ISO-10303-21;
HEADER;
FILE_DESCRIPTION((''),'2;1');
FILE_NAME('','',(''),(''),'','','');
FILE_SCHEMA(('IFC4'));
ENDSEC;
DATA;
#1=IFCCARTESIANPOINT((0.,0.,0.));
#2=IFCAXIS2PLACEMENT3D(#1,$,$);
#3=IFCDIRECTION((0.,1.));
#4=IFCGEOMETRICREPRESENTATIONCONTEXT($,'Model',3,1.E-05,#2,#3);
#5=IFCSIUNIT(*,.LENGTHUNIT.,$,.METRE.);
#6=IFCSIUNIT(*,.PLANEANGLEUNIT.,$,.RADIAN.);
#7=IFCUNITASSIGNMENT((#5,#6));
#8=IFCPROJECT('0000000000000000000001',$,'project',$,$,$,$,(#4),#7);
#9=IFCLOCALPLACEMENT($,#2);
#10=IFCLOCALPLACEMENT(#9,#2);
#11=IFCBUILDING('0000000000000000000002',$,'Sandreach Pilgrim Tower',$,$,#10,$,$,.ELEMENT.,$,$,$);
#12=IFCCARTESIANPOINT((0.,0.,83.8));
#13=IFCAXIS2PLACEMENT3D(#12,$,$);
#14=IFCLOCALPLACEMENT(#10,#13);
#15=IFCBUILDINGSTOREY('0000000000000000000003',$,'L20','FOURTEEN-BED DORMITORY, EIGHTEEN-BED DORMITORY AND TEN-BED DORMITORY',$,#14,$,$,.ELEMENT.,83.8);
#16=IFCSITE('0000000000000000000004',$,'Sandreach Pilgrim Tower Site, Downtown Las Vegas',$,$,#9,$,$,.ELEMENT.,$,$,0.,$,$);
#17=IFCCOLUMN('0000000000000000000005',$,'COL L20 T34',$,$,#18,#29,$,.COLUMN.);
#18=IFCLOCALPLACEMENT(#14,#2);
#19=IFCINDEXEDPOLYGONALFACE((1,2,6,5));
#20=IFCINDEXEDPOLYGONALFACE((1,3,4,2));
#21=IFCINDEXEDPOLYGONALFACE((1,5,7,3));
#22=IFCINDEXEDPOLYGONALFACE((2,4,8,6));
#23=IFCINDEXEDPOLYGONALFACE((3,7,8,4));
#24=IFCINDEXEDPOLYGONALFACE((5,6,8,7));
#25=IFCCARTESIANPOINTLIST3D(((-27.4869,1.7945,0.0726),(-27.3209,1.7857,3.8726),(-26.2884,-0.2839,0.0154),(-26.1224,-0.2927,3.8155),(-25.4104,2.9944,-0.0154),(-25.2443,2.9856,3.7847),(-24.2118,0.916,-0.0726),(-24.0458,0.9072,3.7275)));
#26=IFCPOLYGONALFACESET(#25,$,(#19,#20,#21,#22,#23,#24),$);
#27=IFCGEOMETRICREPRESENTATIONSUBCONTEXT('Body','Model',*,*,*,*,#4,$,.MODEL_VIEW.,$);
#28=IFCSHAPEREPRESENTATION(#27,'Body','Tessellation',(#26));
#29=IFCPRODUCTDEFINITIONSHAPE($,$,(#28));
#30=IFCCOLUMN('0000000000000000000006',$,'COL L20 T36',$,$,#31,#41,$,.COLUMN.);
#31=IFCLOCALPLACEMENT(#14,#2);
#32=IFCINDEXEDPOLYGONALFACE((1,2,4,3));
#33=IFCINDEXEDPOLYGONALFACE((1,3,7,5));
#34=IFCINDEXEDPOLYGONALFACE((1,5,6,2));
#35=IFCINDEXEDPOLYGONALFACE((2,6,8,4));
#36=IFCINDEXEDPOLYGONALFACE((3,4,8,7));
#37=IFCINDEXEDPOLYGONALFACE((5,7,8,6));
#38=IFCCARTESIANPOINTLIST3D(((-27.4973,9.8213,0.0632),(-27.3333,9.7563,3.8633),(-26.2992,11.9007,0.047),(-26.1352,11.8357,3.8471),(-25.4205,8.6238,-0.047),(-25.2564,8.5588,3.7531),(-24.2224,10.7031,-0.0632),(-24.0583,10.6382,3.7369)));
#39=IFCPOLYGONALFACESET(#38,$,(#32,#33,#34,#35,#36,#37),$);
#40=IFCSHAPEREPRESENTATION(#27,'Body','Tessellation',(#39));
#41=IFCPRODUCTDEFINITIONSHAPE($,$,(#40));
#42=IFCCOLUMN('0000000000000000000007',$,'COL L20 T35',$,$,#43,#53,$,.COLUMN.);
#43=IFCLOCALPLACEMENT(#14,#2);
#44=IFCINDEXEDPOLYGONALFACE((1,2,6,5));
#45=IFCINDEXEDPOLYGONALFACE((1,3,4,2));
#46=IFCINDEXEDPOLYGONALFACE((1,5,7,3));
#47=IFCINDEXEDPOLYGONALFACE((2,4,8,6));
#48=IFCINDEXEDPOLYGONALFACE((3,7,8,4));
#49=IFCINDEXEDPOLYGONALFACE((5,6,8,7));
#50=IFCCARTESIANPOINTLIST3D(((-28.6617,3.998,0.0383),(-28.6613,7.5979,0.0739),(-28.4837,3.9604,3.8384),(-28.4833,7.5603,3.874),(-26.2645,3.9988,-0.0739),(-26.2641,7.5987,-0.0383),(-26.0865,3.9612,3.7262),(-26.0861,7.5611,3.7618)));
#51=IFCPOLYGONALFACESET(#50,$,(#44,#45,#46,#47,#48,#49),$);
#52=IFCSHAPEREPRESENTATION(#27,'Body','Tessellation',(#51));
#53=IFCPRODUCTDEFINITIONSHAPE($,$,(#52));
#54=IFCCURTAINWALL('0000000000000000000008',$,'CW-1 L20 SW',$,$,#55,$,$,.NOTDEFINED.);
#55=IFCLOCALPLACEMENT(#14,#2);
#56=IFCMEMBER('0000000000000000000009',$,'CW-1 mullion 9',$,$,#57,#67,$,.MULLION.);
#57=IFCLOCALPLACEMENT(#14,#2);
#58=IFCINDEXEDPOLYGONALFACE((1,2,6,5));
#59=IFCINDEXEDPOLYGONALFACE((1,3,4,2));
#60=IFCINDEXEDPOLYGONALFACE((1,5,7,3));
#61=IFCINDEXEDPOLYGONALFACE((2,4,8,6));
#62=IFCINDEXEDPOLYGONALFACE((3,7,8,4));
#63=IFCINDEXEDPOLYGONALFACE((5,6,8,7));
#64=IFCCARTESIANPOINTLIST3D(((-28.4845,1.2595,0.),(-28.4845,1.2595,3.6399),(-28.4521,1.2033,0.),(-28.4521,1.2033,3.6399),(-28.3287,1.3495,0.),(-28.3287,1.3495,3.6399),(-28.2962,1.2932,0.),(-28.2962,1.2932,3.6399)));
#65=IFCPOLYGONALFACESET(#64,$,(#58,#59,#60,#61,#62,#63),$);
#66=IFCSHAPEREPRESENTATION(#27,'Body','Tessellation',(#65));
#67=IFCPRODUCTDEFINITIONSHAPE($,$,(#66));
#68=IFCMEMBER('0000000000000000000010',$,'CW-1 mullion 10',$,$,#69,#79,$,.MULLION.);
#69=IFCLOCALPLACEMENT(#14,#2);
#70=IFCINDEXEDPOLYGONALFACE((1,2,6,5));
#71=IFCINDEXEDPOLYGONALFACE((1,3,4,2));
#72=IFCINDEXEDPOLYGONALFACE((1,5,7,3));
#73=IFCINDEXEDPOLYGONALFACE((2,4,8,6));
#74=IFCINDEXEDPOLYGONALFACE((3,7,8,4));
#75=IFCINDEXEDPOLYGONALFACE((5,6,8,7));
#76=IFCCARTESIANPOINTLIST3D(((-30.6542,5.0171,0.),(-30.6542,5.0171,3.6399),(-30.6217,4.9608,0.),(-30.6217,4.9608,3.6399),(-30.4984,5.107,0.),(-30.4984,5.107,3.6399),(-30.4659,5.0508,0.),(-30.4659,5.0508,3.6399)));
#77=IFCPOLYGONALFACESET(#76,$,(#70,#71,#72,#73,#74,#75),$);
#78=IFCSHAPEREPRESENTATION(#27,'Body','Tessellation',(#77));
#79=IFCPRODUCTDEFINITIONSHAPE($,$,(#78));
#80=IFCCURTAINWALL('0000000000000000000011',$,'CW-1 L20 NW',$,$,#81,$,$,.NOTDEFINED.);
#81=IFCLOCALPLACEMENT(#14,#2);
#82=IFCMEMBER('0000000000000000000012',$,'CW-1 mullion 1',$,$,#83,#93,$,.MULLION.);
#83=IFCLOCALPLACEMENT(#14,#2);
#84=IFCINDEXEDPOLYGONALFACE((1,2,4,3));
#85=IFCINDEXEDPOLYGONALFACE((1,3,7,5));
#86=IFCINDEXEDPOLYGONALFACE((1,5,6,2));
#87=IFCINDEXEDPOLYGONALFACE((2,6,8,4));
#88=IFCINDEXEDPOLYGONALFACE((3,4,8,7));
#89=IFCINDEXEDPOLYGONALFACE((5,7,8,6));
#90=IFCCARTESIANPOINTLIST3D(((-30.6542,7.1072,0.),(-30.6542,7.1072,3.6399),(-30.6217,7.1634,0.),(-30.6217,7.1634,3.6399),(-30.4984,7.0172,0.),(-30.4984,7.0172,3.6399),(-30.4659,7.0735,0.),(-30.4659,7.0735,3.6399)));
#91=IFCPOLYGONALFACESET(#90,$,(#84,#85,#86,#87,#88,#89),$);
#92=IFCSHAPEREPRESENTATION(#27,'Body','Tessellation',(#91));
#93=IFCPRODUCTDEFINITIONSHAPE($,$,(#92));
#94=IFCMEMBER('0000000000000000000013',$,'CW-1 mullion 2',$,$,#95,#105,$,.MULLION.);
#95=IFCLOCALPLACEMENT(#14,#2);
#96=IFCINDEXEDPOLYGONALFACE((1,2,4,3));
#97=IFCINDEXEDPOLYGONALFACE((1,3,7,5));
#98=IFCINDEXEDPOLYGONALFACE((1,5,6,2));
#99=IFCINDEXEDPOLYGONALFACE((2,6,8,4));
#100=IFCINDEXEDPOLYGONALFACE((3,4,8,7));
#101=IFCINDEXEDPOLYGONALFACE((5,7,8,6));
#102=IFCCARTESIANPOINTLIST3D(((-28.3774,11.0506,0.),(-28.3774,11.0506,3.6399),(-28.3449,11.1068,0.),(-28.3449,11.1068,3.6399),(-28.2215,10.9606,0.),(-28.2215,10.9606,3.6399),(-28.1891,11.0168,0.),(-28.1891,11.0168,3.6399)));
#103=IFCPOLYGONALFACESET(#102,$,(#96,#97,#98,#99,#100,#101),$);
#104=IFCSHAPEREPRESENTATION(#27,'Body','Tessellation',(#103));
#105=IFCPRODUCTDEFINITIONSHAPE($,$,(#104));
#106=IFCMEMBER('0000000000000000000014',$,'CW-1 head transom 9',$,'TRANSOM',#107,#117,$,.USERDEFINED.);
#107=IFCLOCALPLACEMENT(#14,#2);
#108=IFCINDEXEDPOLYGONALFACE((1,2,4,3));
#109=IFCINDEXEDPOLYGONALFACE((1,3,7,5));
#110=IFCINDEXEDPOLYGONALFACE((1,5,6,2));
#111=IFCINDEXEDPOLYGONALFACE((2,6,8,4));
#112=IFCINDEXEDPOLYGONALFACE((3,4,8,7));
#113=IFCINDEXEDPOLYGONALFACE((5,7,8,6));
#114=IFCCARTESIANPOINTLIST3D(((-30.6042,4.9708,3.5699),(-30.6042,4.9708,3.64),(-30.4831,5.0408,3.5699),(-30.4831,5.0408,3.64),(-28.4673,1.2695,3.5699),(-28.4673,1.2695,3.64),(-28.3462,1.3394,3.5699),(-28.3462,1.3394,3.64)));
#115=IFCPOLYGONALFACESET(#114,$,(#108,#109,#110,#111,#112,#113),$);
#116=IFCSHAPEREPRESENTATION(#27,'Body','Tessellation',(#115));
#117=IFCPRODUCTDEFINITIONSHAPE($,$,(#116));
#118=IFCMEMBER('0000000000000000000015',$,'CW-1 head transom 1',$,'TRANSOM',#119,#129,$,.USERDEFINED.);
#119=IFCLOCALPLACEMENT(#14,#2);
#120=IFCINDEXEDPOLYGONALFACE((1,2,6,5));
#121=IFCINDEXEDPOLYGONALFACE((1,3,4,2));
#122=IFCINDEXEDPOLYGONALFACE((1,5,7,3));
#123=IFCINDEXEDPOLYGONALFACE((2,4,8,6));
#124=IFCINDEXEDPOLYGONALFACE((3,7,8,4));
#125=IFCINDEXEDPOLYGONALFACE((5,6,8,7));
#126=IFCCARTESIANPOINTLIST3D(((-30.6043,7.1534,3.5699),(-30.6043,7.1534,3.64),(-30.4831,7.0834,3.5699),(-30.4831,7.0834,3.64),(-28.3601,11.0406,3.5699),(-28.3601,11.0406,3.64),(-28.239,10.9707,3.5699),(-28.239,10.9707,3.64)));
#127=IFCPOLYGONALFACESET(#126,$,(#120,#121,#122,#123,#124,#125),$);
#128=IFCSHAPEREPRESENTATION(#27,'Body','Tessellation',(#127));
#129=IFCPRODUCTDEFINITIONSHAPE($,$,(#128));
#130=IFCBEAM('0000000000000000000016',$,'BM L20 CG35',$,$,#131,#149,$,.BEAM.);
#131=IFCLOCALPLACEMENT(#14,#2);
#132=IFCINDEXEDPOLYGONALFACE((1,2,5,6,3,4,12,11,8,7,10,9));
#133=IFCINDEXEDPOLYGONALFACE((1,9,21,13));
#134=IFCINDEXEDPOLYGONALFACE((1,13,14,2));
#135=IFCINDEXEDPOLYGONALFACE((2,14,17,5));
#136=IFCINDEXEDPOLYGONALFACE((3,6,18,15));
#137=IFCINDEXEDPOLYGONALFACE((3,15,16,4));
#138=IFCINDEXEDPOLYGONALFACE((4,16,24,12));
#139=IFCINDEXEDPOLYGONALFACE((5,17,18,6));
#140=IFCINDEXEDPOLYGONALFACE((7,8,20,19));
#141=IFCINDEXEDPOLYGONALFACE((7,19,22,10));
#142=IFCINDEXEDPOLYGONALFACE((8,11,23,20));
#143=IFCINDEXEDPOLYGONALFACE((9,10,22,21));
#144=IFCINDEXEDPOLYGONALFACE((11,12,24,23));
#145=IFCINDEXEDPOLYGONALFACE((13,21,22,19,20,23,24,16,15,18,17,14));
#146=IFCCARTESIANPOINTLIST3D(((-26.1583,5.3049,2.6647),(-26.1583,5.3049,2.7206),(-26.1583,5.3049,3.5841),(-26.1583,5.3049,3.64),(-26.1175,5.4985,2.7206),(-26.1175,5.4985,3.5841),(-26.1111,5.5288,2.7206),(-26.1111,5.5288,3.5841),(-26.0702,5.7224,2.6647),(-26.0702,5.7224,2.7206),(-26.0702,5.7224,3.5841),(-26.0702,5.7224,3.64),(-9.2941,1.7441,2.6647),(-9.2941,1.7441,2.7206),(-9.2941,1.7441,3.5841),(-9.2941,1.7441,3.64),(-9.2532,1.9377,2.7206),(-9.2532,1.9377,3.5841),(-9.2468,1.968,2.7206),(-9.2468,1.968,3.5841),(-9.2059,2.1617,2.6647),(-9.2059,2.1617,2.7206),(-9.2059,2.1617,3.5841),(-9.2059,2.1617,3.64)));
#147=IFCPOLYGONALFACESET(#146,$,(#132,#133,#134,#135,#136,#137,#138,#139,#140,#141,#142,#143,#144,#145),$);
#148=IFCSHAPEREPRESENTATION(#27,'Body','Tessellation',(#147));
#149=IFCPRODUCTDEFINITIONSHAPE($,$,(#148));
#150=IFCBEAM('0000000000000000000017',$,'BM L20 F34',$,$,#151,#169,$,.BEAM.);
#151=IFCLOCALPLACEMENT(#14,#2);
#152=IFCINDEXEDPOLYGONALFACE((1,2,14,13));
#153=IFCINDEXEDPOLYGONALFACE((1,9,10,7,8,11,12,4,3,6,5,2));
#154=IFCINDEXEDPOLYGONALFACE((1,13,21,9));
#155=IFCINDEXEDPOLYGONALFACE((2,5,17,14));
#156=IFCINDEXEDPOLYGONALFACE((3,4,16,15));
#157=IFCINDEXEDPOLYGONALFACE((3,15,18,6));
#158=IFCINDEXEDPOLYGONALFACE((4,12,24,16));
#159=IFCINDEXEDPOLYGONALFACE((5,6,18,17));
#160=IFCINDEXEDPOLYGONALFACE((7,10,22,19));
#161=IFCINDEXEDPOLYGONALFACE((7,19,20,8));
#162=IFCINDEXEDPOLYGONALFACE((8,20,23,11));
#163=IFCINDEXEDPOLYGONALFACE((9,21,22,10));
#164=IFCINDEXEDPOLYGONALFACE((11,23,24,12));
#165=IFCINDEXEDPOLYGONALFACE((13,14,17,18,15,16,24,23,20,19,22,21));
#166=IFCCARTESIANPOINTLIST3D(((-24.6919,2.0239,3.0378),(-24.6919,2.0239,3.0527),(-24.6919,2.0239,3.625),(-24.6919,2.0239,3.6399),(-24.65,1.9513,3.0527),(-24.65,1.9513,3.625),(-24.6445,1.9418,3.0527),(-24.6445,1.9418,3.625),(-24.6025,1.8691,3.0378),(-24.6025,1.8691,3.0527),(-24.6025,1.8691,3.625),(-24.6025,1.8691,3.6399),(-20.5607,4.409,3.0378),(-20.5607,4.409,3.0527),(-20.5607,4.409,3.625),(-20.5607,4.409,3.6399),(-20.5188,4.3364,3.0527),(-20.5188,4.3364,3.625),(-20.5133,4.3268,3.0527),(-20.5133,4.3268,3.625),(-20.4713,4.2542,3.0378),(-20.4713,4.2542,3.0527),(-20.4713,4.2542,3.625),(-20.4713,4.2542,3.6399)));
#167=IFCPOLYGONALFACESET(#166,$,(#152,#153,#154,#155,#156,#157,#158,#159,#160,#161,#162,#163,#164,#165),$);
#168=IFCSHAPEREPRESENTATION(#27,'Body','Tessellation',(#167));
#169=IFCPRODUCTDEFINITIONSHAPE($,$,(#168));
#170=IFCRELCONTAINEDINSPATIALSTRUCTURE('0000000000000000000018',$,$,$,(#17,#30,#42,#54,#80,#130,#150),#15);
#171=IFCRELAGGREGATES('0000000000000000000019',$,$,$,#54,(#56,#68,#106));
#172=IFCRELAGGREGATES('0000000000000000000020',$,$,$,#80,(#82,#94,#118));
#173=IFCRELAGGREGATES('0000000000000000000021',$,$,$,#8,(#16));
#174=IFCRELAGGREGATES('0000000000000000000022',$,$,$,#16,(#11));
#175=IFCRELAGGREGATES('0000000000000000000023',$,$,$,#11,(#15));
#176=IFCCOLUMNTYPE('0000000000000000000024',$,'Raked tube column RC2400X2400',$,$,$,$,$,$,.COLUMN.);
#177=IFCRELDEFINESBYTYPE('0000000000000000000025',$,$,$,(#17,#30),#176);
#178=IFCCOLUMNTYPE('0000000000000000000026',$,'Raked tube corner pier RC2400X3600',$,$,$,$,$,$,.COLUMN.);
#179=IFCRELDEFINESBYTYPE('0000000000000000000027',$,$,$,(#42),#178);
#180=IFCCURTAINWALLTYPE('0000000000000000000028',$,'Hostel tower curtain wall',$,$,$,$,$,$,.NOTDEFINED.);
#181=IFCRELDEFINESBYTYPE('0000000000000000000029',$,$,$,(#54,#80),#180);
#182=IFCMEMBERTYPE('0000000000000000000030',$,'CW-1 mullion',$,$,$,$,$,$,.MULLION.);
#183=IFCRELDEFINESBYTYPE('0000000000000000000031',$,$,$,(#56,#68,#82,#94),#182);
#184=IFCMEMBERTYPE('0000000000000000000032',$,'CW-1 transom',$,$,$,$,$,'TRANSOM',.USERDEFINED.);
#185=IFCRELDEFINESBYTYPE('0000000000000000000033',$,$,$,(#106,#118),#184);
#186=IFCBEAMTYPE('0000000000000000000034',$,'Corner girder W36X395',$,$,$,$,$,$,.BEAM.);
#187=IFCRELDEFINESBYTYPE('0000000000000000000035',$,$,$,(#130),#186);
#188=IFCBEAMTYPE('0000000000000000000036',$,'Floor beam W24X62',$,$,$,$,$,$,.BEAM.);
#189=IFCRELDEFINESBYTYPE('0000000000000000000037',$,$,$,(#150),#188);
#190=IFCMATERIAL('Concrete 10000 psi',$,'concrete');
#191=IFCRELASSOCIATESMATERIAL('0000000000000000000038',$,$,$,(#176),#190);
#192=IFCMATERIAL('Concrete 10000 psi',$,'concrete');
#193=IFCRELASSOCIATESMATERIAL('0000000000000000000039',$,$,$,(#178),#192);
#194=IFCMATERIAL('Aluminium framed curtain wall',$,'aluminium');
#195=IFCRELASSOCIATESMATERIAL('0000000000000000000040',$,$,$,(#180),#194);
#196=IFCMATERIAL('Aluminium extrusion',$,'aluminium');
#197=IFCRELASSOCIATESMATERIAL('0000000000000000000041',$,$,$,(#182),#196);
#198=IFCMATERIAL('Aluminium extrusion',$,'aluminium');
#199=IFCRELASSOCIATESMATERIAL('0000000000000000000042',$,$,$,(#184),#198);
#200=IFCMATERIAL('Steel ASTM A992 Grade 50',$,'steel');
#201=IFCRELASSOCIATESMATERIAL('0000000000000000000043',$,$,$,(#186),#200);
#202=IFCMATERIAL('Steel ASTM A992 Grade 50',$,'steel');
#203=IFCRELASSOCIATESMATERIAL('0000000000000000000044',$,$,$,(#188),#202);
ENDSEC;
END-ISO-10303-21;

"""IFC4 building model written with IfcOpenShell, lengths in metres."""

from ifc_helpers import new_model, si_unit, direction, frame, origin, origin_2d, place, context, subcontext, project, spatial, rectangle, i_section, extrude, material, material_profile, profile_set, type_object, element, aggregate, save


model = new_model("IFC4")

# Units and contexts
model_context = context("Model", 3, precision=1e-05, world=origin(), true_north=direction((0.0, 1.0)))
body_context = subcontext(model_context, "Body", "Model", "MODEL_VIEW")
ifc_project = project(units=[si_unit("LENGTHUNIT", "METRE"), si_unit("PLANEANGLEUNIT", "RADIAN")], contexts=[model_context])

# Site, building, storey
site_placement = place(None, origin())
site = spatial("IfcSite", under=ifc_project, at=site_placement, Name="Sandreach Pilgrim Tower Site, Downtown Las Vegas", CompositionType="ELEMENT", RefElevation=0.0)
building_placement = place(site_placement, origin())
building = spatial("IfcBuilding", under=site, at=building_placement, Name="Sandreach Pilgrim Tower", CompositionType="ELEMENT")
storey_placement = place(building_placement, frame((0.0, 0.0, 83.8)))
storey = spatial("IfcBuildingStorey", under=building, at=storey_placement, Name="L20", Description="FOURTEEN-BED DORMITORY, EIGHTEEN-BED DORMITORY AND TEN-BED DORMITORY", CompositionType="ELEMENT", Elevation=83.8)

# Columns
ifc_material_1 = material(Name="Concrete 10000 psi", Category="concrete")
ifc_material_profile_1 = material_profile(ifc_material_1, rectangle(XDim=2.3999, YDim=2.3999, at=origin_2d()), Name="RC2400X2400")
ifc_profile_set_1 = profile_set([ifc_material_profile_1], Name="Concrete 10000 psi")
column_type_1 = type_object("IfcColumnType", Name="Raked tube column RC2400X2400", PredefinedType="COLUMN", material=ifc_profile_set_1)
column_1_placement = place(storey_placement, frame((-25.8494, 1.3552, 0.0), z_axis=(0.043646, -0.002311, 0.999044), x_axis=(-0.865265, -0.499974, 0.036645)))
element("IfcColumn", 1, at=column_1_placement, inside=storey, type_object=column_type_1, Name="COL L20 T34", PredefinedType="COLUMN", context=body_context, shape_type="SweptSolid", body=[
    extrude(rectangle(XDim=2.3999, YDim=2.3999, at=origin_2d()), origin(), (0.0, 0.0, 1.0), 3.8037),
])
column_2_placement = place(storey_placement, frame((-25.8599, 10.2622, 0.0), z_axis=(0.043127, -0.017071, 0.998924), x_axis=(-0.865394, 0.498986, 0.04589)))
element("IfcColumn", 2, at=column_2_placement, inside=storey, type_object=column_type_1, Name="COL L20 T36", PredefinedType="COLUMN", context=body_context, shape_type="SweptSolid", body=[
    extrude(rectangle(XDim=2.3999, YDim=2.3999, at=origin_2d()), origin(), (0.0, 0.0, 1.0), 3.8042),
])
ifc_material_2 = material(Name="Concrete 10000 psi", Category="concrete")
ifc_material_profile_2 = material_profile(ifc_material_2, rectangle(XDim=2.3999, YDim=3.6001, at=origin_2d()), Name="RC2400X3600")
ifc_profile_set_2 = profile_set([ifc_material_profile_2], Name="Concrete 10000 psi")
column_type_2 = type_object("IfcColumnType", Name="Raked tube corner pier RC2400X3600", PredefinedType="COLUMN", material=ifc_profile_set_2)
column_3_placement = place(storey_placement, frame((-27.4629, 5.7983, 0.0), z_axis=(0.046782, -0.009883, 0.998856), x_axis=(-0.998905, -0.000352, 0.046781)))
element("IfcColumn", 3, at=column_3_placement, inside=storey, type_object=column_type_2, Name="COL L20 T35", PredefinedType="COLUMN", context=body_context, shape_type="SweptSolid", body=[
    extrude(rectangle(XDim=2.3999, YDim=3.6001, at=origin_2d()), origin(), (0.0, 0.0, 1.0), 3.8044),
])

# Curtain walls, members
ifc_material_3 = material(Name="Aluminium framed curtain wall", Category="aluminium")
curtain_wall_type = type_object("IfcCurtainWallType", Name="Hostel tower curtain wall", PredefinedType="NOTDEFINED", material=ifc_material_3)
curtain_wall_1_placement = place(storey_placement, origin())
curtain_wall_1 = element("IfcCurtainWall", 4, at=curtain_wall_1_placement, inside=storey, type_object=curtain_wall_type, Name="CW-1 L20 SW", PredefinedType="NOTDEFINED")
ifc_material_4 = material(Name="Aluminium extrusion", Category="aluminium")
ifc_material_profile_3 = material_profile(ifc_material_4, rectangle(XDim=0.0649, YDim=0.1799, at=origin_2d()), Name="CW-1M 65X180")
ifc_profile_set_3 = profile_set([ifc_material_profile_3], Name="Aluminium extrusion")
member_type_1 = type_object("IfcMemberType", Name="CW-1 mullion", PredefinedType="MULLION", material=ifc_profile_set_3)
member_1_placement = place(storey_placement, frame((-28.3904, 1.2764, 0.0), z_axis=(0.0, 0.0, 1.0), x_axis=(-0.5, 0.866025, 0.0)))
member_1 = element("IfcMember", 5, at=member_1_placement, type_object=member_type_1, Name="CW-1 mullion 9", PredefinedType="MULLION", context=body_context, shape_type="SweptSolid", body=[
    extrude(rectangle(XDim=0.0649, YDim=0.1799, at=origin_2d()), origin(), (0.0, 0.0, 1.0), 3.6399),
])
member_2_placement = place(storey_placement, frame((-30.5601, 5.0339, 0.0), z_axis=(0.0, 0.0, 1.0), x_axis=(-0.5, 0.866025, 0.0)))
member_2 = element("IfcMember", 6, at=member_2_placement, type_object=member_type_1, Name="CW-1 mullion 10", PredefinedType="MULLION", context=body_context, shape_type="SweptSolid", body=[
    extrude(rectangle(XDim=0.0649, YDim=0.1799, at=origin_2d()), origin(), (0.0, 0.0, 1.0), 3.6399),
])
curtain_wall_2_placement = place(storey_placement, origin())
curtain_wall_2 = element("IfcCurtainWall", 7, at=curtain_wall_2_placement, inside=storey, type_object=curtain_wall_type, Name="CW-1 L20 NW", PredefinedType="NOTDEFINED")
member_3_placement = place(storey_placement, frame((-30.5601, 7.0903, 0.0), z_axis=(0.0, 0.0, 1.0), x_axis=(0.5, 0.866025, 0.0)))
member_3 = element("IfcMember", 8, at=member_3_placement, type_object=member_type_1, Name="CW-1 mullion 1", PredefinedType="MULLION", context=body_context, shape_type="SweptSolid", body=[
    extrude(rectangle(XDim=0.0649, YDim=0.1799, at=origin_2d()), origin(), (0.0, 0.0, 1.0), 3.6399),
])
member_4_placement = place(storey_placement, frame((-28.2832, 11.0337, 0.0), z_axis=(0.0, 0.0, 1.0), x_axis=(0.5, 0.866025, 0.0)))
member_4 = element("IfcMember", 9, at=member_4_placement, type_object=member_type_1, Name="CW-1 mullion 2", PredefinedType="MULLION", context=body_context, shape_type="SweptSolid", body=[
    extrude(rectangle(XDim=0.0649, YDim=0.1799, at=origin_2d()), origin(), (0.0, 0.0, 1.0), 3.6399),
])

# Members
ifc_material_5 = material(Name="Aluminium extrusion", Category="aluminium")
ifc_material_profile_4 = material_profile(ifc_material_5, rectangle(XDim=0.1399, YDim=0.0701, at=origin_2d()), Name="CW-1T 140X70")
ifc_profile_set_4 = profile_set([ifc_material_profile_4], Name="Aluminium extrusion")
member_type_2 = type_object("IfcMemberType", Name="CW-1 transom", ElementType="TRANSOM", PredefinedType="USERDEFINED", material=ifc_profile_set_4)
member_5_placement = place(storey_placement, frame((-28.4067, 1.3044, 3.605), z_axis=(-0.499991, 0.866031, 0.0), x_axis=(-0.866031, -0.499991, 0.0)))
member_5 = element("IfcMember", 10, at=member_5_placement, type_object=member_type_2, Name="CW-1 head transom 9", ObjectType="TRANSOM", PredefinedType="USERDEFINED", context=body_context, shape_type="SweptSolid", body=[
    extrude(rectangle(XDim=0.1399, YDim=0.0701, at=origin_2d()), origin(), (0.0, 0.0, 1.0), 4.2739),
])
member_6_placement = place(storey_placement, frame((-30.5437, 7.1184, 3.605), z_axis=(0.499977, 0.866039, 0.0), x_axis=(-0.866039, 0.499977, 0.0)))
member_6 = element("IfcMember", 11, at=member_6_placement, type_object=member_type_2, Name="CW-1 head transom 1", ObjectType="TRANSOM", PredefinedType="USERDEFINED", context=body_context, shape_type="SweptSolid", body=[
    extrude(rectangle(XDim=0.1399, YDim=0.0701, at=origin_2d()), origin(), (0.0, 0.0, 1.0), 4.4885),
])

# Beams
ifc_material_6 = material(Name="Steel ASTM A992 Grade 50", Category="steel")
ifc_material_profile_5 = material_profile(ifc_material_6, i_section(OverallWidth=0.4268, OverallDepth=0.9753, WebThickness=0.031, FlangeThickness=0.0559, at=origin_2d()), Name="W36X395")
ifc_profile_set_5 = profile_set([ifc_material_profile_5], Name="Steel ASTM A992 Grade 50")
beam_type_1 = type_object("IfcBeamType", Name="Corner girder W36X395", PredefinedType="BEAM", material=ifc_profile_set_5)
beam_1_placement = place(storey_placement, frame((-26.1143, 5.5137, 3.1523), z_axis=(0.978428, -0.206589, 0.0), x_axis=(0.206589, 0.978428, 0.0)))
element("IfcBeam", 12, at=beam_1_placement, inside=storey, type_object=beam_type_1, Name="BM L20 CG35", PredefinedType="BEAM", context=body_context, shape_type="SweptSolid", body=[
    extrude(i_section(OverallWidth=0.4268, OverallDepth=0.9753, WebThickness=0.031, FlangeThickness=0.0559, at=origin_2d()), origin(), (0.0, 0.0, 1.0), 17.2361),
])
ifc_material_7 = material(Name="Steel ASTM A992 Grade 50", Category="steel")
ifc_material_profile_6 = material_profile(ifc_material_7, i_section(OverallWidth=0.1787, OverallDepth=0.6021, WebThickness=0.011, FlangeThickness=0.0149, at=origin_2d()), Name="W24X62")
ifc_profile_set_6 = profile_set([ifc_material_profile_6], Name="Steel ASTM A992 Grade 50")
beam_type_2 = type_object("IfcBeamType", Name="Floor beam W24X62", PredefinedType="BEAM", material=ifc_profile_set_6)
beam_2_placement = place(storey_placement, frame((-24.6472, 1.9465, 3.3389), z_axis=(0.866033, 0.499987, 0.0), x_axis=(-0.499987, 0.866033, 0.0)))
element("IfcBeam", 13, at=beam_2_placement, inside=storey, type_object=beam_type_2, Name="BM L20 F34", PredefinedType="BEAM", context=body_context, shape_type="SweptSolid", body=[
    extrude(i_section(OverallWidth=0.1787, OverallDepth=0.6021, WebThickness=0.011, FlangeThickness=0.0149, at=origin_2d()), origin(), (0.0, 0.0, 1.0), 4.7703),
])

aggregate(curtain_wall_1, [member_1, member_2, member_5])
aggregate(curtain_wall_2, [member_3, member_4, member_6])

save(model, "model.ifc")
